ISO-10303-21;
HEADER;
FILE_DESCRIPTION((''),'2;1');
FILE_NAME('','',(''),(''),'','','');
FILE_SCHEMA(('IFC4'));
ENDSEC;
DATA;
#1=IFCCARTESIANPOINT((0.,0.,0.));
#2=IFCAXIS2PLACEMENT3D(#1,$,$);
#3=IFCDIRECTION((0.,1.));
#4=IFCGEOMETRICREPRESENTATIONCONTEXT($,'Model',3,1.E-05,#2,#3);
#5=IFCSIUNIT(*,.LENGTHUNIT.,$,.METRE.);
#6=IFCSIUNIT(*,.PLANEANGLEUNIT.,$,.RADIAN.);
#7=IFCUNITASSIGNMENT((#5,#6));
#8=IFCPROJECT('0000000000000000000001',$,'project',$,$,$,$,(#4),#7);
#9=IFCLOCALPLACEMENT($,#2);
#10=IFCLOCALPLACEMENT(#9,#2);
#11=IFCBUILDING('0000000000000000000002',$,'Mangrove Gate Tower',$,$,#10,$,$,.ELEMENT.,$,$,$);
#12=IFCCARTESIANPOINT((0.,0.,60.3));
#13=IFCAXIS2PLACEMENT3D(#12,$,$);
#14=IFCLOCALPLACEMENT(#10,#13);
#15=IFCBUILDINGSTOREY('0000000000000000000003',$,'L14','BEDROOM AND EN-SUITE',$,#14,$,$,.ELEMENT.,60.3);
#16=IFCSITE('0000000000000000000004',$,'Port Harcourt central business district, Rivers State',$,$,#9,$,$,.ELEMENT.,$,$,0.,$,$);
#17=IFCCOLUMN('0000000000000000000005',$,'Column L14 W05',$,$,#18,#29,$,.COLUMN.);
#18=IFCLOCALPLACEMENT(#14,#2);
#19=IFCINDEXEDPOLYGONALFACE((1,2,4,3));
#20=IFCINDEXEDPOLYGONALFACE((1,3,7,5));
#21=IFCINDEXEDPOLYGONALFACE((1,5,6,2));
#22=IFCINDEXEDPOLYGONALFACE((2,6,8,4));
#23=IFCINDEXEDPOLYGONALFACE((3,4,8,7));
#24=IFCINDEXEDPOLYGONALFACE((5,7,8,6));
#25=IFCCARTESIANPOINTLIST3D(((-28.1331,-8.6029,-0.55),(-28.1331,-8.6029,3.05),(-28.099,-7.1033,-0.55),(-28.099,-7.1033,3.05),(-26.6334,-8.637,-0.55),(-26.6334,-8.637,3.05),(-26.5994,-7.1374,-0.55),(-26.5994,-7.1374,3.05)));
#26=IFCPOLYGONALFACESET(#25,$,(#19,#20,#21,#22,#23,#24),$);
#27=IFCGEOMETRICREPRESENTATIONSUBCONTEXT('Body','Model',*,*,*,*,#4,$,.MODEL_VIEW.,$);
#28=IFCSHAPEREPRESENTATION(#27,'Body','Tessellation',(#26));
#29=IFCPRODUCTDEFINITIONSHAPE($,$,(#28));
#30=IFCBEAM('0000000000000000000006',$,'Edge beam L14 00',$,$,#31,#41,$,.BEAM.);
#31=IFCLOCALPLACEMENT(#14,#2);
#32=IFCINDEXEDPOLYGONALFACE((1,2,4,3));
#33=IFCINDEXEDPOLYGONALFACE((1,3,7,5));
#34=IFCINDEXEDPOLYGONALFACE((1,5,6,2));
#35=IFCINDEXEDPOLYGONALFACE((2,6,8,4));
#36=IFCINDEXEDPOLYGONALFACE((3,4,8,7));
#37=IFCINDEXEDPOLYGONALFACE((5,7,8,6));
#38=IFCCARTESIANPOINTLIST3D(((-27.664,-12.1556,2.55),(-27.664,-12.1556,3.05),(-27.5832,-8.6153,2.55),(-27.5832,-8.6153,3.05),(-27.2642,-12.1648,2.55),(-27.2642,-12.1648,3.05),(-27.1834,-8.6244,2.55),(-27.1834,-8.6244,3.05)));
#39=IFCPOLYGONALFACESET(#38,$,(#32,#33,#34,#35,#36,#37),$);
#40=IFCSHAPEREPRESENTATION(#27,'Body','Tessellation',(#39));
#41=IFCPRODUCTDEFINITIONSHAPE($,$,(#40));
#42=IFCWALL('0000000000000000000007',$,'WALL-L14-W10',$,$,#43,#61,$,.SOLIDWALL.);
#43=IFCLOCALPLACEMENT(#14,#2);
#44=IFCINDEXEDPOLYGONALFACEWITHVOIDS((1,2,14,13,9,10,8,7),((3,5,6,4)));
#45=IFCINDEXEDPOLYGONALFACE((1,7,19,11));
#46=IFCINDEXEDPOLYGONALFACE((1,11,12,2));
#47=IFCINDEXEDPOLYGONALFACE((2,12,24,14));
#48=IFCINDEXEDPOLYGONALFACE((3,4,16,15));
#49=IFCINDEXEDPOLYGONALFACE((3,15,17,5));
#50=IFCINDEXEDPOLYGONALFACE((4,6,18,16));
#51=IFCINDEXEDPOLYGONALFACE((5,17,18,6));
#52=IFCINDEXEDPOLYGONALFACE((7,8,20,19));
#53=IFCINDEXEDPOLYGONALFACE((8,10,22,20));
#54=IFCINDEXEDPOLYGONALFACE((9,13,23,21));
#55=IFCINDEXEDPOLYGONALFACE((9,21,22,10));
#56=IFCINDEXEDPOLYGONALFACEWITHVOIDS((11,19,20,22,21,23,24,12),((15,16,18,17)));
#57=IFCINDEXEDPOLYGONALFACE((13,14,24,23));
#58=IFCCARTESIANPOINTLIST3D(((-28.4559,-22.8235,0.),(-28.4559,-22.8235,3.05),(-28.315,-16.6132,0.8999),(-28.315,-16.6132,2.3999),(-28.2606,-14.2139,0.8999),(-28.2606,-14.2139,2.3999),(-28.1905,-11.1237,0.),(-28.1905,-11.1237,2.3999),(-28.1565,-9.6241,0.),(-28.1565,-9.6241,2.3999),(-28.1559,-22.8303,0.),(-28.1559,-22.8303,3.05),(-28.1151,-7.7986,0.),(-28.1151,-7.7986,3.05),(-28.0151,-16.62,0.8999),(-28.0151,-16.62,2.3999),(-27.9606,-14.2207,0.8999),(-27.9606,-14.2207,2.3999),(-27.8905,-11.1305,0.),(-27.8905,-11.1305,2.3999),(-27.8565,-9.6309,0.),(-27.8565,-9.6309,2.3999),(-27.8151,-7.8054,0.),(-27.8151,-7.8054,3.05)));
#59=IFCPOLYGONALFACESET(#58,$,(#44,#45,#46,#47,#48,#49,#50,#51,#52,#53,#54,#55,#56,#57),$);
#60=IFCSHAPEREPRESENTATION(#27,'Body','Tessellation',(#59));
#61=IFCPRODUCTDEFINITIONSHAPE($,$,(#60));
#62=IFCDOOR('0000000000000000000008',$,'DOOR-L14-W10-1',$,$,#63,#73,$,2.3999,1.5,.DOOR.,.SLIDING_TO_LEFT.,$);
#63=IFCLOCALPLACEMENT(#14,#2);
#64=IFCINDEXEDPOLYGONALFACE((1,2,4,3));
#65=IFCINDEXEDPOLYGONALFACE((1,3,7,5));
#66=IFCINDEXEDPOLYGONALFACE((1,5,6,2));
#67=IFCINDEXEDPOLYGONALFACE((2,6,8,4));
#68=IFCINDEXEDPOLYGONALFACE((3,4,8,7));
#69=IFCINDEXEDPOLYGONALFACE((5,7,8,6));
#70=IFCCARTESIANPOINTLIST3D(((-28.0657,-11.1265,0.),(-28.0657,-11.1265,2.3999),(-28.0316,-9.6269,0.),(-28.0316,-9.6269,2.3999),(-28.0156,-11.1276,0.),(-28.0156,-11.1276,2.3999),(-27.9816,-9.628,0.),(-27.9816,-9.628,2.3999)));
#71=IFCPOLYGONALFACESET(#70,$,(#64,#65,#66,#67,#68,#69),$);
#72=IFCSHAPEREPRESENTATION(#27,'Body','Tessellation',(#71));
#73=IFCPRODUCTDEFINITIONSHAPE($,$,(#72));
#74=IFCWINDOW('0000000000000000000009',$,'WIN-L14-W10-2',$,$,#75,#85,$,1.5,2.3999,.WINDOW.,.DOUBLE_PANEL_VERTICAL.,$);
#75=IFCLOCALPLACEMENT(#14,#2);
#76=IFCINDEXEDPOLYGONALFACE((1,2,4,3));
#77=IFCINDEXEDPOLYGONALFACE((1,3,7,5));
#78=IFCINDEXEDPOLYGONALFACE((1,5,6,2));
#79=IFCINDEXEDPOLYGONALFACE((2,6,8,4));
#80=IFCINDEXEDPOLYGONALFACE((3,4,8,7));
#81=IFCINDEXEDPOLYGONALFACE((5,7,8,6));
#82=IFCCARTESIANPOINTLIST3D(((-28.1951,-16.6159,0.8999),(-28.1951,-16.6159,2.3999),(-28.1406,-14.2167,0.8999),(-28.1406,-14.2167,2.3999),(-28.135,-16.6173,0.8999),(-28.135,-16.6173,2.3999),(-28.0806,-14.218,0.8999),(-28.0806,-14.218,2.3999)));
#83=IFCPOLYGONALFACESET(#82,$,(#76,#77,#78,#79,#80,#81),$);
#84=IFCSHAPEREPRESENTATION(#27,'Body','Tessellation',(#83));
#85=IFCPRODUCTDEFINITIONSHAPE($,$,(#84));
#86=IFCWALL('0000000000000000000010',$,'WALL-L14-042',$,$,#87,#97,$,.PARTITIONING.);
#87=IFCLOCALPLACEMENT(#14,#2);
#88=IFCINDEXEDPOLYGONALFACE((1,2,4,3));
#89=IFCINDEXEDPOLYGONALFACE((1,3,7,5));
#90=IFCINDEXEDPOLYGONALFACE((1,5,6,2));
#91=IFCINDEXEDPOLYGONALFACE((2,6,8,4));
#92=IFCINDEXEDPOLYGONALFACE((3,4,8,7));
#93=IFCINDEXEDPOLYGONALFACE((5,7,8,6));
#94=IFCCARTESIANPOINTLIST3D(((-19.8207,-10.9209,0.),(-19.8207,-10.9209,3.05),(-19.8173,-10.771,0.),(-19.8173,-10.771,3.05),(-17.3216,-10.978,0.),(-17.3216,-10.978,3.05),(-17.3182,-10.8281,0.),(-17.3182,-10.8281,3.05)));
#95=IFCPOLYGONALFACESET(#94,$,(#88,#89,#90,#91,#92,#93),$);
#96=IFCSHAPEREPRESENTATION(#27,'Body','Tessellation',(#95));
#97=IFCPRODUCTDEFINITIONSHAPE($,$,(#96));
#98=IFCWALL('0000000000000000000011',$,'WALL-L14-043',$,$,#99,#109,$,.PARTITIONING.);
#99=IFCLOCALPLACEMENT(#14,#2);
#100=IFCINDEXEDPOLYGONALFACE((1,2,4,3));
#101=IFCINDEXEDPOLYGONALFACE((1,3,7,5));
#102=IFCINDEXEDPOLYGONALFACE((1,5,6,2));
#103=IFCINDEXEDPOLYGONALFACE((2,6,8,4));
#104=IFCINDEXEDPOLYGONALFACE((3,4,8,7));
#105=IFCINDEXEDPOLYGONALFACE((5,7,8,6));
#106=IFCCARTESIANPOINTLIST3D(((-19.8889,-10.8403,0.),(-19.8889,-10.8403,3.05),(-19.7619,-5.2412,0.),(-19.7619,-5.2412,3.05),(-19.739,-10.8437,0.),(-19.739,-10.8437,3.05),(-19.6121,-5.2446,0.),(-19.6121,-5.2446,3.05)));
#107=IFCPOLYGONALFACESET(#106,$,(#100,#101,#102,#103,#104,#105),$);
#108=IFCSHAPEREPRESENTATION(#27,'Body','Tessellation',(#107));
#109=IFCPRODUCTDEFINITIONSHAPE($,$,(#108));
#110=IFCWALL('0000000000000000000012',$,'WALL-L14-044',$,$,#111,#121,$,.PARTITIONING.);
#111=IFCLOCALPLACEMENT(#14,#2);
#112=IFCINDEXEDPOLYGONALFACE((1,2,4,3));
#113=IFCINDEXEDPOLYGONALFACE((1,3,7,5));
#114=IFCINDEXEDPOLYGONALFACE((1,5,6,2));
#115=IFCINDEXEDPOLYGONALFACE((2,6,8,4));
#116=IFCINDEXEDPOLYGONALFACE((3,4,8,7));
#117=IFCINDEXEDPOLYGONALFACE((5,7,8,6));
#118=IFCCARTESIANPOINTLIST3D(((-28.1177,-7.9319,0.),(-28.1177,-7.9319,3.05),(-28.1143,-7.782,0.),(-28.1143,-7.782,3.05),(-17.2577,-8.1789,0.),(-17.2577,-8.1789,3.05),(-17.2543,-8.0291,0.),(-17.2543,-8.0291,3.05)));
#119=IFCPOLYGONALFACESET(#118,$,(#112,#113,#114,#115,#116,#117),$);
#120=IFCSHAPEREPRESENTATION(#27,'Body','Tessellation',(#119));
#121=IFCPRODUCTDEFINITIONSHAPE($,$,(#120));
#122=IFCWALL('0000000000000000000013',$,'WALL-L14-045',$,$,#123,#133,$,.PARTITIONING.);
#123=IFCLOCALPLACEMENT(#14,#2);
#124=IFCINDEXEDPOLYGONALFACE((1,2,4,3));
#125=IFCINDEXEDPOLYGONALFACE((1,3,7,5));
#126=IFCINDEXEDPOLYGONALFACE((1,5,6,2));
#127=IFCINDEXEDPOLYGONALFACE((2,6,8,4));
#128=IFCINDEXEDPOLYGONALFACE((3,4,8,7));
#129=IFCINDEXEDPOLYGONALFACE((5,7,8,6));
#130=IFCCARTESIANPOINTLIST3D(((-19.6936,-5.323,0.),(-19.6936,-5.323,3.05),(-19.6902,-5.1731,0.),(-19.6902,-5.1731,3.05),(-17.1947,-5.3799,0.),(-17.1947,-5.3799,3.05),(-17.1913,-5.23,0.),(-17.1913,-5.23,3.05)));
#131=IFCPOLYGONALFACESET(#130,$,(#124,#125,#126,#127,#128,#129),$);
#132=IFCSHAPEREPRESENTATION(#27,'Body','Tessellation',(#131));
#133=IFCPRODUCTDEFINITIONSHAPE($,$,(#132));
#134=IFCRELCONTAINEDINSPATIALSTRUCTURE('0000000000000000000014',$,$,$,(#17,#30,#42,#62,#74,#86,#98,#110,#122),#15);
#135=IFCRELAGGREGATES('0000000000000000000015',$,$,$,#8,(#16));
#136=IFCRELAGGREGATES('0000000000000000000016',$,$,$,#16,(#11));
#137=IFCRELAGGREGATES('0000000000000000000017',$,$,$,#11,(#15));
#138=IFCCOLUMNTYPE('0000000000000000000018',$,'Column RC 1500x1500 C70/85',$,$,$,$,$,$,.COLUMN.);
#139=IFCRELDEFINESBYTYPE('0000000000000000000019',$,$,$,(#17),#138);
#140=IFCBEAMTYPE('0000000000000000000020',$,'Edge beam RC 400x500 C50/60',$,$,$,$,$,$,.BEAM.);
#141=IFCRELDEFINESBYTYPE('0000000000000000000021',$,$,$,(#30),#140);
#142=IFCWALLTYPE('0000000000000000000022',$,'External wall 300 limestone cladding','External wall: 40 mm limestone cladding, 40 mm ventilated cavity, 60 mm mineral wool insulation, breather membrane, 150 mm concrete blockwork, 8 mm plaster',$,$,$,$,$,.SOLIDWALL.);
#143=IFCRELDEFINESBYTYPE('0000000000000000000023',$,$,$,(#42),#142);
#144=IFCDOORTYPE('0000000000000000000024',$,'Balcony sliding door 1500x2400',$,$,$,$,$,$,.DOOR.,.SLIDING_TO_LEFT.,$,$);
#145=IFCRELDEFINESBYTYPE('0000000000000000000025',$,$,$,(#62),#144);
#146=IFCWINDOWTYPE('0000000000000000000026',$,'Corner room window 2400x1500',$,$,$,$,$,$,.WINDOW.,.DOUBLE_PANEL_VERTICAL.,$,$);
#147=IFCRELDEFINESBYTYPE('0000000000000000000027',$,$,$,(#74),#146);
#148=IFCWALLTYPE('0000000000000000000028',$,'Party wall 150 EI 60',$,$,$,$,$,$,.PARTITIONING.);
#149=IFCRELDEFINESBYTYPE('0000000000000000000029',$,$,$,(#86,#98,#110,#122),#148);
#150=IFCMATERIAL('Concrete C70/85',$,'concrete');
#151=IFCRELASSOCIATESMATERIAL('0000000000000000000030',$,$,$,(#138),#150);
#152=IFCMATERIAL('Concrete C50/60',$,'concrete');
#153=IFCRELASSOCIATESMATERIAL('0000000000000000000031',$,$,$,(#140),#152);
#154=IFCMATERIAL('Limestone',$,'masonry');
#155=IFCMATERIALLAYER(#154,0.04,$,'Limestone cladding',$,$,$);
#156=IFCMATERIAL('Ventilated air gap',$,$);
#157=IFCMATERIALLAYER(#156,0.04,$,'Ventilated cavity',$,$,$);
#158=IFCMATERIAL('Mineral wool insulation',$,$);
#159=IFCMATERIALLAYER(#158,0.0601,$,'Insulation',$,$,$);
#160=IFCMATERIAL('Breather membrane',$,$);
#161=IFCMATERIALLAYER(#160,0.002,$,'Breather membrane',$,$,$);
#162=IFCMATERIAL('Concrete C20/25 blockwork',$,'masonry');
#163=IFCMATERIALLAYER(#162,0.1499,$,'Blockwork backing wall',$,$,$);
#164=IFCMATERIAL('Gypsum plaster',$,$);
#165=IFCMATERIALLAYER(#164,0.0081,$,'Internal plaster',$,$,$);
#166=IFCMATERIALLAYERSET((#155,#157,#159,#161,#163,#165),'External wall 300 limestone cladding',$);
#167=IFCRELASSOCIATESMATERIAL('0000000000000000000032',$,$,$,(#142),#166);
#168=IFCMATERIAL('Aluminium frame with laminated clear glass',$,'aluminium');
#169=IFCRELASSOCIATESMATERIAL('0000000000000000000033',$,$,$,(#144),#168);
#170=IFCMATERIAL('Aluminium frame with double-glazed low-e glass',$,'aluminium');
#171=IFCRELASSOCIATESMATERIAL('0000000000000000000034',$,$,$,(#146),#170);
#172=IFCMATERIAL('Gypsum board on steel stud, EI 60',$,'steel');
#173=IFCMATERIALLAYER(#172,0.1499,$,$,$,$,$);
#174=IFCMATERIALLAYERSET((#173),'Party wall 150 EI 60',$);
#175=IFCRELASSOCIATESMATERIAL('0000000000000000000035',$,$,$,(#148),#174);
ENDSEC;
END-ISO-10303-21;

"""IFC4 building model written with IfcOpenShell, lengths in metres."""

from ifc_helpers import new_model, si_unit, direction, frame, frame_2d, origin, origin_2d, place, context, subcontext, project, spatial, rectangle, extrude, material, layer, layer_set, material_profile, profile_set, type_object, element, fill, save


model = new_model("IFC4")

# Units and contexts
model_context = context("Model", 3, precision=1e-05, world=origin(), true_north=direction((0.0, 1.0)))
body_context = subcontext(model_context, "Body", "Model", "MODEL_VIEW")
ifc_project = project(units=[si_unit("LENGTHUNIT", "METRE"), si_unit("PLANEANGLEUNIT", "RADIAN")], contexts=[model_context])

# Site, building, storey
site_placement = place(None, origin())
site = spatial("IfcSite", under=ifc_project, at=site_placement, Name="Port Harcourt central business district, Rivers State", CompositionType="ELEMENT", RefElevation=0.0)
building_placement = place(site_placement, origin())
building = spatial("IfcBuilding", under=site, at=building_placement, Name="Mangrove Gate Tower", CompositionType="ELEMENT")
storey_placement = place(building_placement, frame((0.0, 0.0, 60.3)))
storey = spatial("IfcBuildingStorey", under=building, at=storey_placement, Name="L14", Description="BEDROOM AND EN-SUITE", CompositionType="ELEMENT", Elevation=60.3)

# Column
ifc_material_1 = material(Name="Concrete C70/85", Category="concrete")
ifc_material_profile_1 = material_profile(ifc_material_1, rectangle(XDim=1.5, YDim=1.5, at=origin_2d()))
ifc_profile_set_1 = profile_set([ifc_material_profile_1], Name="Concrete C70/85")
column_type = type_object("IfcColumnType", Name="Column RC 1500x1500 C70/85", PredefinedType="COLUMN", material=ifc_profile_set_1)
column_placement = place(storey_placement, frame((-27.3662, -7.8701, -0.55), z_axis=(0.0, 0.0, 1.0), x_axis=(-0.022723, -0.999742, 0.0)))
element("IfcColumn", 1, at=column_placement, inside=storey, type_object=column_type, Name="Column L14 W05", PredefinedType="COLUMN", context=body_context, shape_type="SweptSolid", body=[
    extrude(rectangle(XDim=1.5, YDim=1.5, at=origin_2d()), origin(), (0.0, 0.0, 1.0), 3.6001),
])

# Beam
ifc_material_2 = material(Name="Concrete C50/60", Category="concrete")
ifc_material_profile_2 = material_profile(ifc_material_2, rectangle(XDim=0.3999, YDim=0.5, at=origin_2d()))
ifc_profile_set_2 = profile_set([ifc_material_profile_2], Name="Concrete C50/60")
beam_type = type_object("IfcBeamType", Name="Edge beam RC 400x500 C50/60", PredefinedType="BEAM", material=ifc_profile_set_2)
beam_placement = place(storey_placement, frame((-27.3833, -8.6199, 2.8), z_axis=(-0.02282, -0.99974, 0.0), x_axis=(0.99974, -0.02282, 0.0)))
element("IfcBeam", 2, at=beam_placement, inside=storey, type_object=beam_type, Name="Edge beam L14 00", PredefinedType="BEAM", context=body_context, shape_type="SweptSolid", body=[
    extrude(rectangle(XDim=0.3999, YDim=0.5, at=origin_2d()), origin(), (0.0, 0.0, 1.0), 3.5413),
])

# Wall, openings, door, window
ifc_material_3 = material(Name="Limestone", Category="masonry")
ifc_layer_1 = layer(ifc_material_3, 0.04, Name="Limestone cladding")
ifc_material_4 = material(Name="Ventilated air gap")
ifc_layer_2 = layer(ifc_material_4, 0.04, Name="Ventilated cavity")
ifc_material_5 = material(Name="Mineral wool insulation")
ifc_layer_3 = layer(ifc_material_5, 0.0601, Name="Insulation")
ifc_material_6 = material(Name="Breather membrane")
ifc_layer_4 = layer(ifc_material_6, 0.002, Name="Breather membrane")
ifc_material_7 = material(Name="Concrete C20/25 blockwork", Category="masonry")
ifc_layer_5 = layer(ifc_material_7, 0.1499, Name="Blockwork backing wall")
ifc_material_8 = material(Name="Gypsum plaster")
ifc_layer_6 = layer(ifc_material_8, 0.0081, Name="Internal plaster")
ifc_layer_set_1 = layer_set([ifc_layer_1, ifc_layer_2, ifc_layer_3, ifc_layer_4, ifc_layer_5, ifc_layer_6], Name="External wall 300 limestone cladding")
wall_type_1 = type_object("IfcWallType", Name="External wall 300 limestone cladding", Description="External wall: 40 mm limestone cladding, 40 mm ventilated cavity, 60 mm mineral wool insulation, breather membrane, 150 mm concrete blockwork, 8 mm plaster", PredefinedType="SOLIDWALL", material=ifc_layer_set_1)
wall_1_placement = place(storey_placement, frame((-27.9651, -7.802, 0.0), z_axis=(0.0, 0.0, 1.0), x_axis=(-0.022678, -0.999743, 0.0)))
wall_1 = element("IfcWall", 3, at=wall_1_placement, inside=storey, type_object=wall_type_1, Name="WALL-L14-W10", PredefinedType="SOLIDWALL", context=body_context, shape_type="SweptSolid", body=[
    extrude(rectangle(XDim=15.0288, YDim=0.3, at=frame_2d((7.5144, 0.0))), origin(), (0.0, 0.0, 1.0), 3.05),
])
opening_1_placement = place(wall_1_placement, frame((1.8259, 0.0, 0.0)))
opening_1 = element("IfcOpeningElement", 4, at=opening_1_placement, cuts=wall_1, PredefinedType="OPENING", context=body_context, shape_type="SweptSolid", body=[
    extrude(rectangle(XDim=1.5, YDim=2.3999, at=frame_2d((0.75, 1.2))), frame((0.0, 0.1599, 0.0), z_axis=(0.0, -1.0, 0.0), x_axis=(1.0, 0.0, 0.0)), (0.0, 0.0, 1.0), 0.3201),
])
opening_2_placement = place(wall_1_placement, frame((6.417, 0.0, 0.8999)))
opening_2 = element("IfcOpeningElement", 5, at=opening_2_placement, cuts=wall_1, PredefinedType="OPENING", context=body_context, shape_type="SweptSolid", body=[
    extrude(rectangle(XDim=2.3999, YDim=1.5, at=frame_2d((1.2, 0.75))), frame((0.0, 0.1599, 0.0), z_axis=(0.0, -1.0, 0.0), x_axis=(1.0, 0.0, 0.0)), (0.0, 0.0, 1.0), 0.3201),
])
ifc_material_9 = material(Name="Aluminium frame with laminated clear glass", Category="aluminium")
door_type = type_object("IfcDoorType", Name="Balcony sliding door 1500x2400", OperationType="SLIDING_TO_LEFT", PredefinedType="DOOR", material=ifc_material_9)
door_placement = place(opening_1_placement, origin())
door = element("IfcDoor", 6, at=door_placement, inside=storey, type_object=door_type, Name="DOOR-L14-W10-1", OperationType="SLIDING_TO_LEFT", OverallHeight=2.3999, OverallWidth=1.5, PredefinedType="DOOR", context=body_context, shape_type="SweptSolid", body=[
    extrude(rectangle(XDim=1.5, YDim=2.3999, at=frame_2d((0.75, 1.2))), frame((0.0, 0.0249, 0.0), z_axis=(0.0, -1.0, 0.0), x_axis=(1.0, 0.0, 0.0)), (0.0, 0.0, 1.0), 0.05),
])
fill(opening_1, door)
ifc_material_10 = material(Name="Aluminium frame with double-glazed low-e glass", Category="aluminium")
window_type = type_object("IfcWindowType", Name="Corner room window 2400x1500", PartitioningType="DOUBLE_PANEL_VERTICAL", PredefinedType="WINDOW", material=ifc_material_10)
window_placement = place(opening_2_placement, origin())
window = element("IfcWindow", 7, at=window_placement, inside=storey, type_object=window_type, Name="WIN-L14-W10-2", OverallHeight=1.5, OverallWidth=2.3999, PartitioningType="DOUBLE_PANEL_VERTICAL", PredefinedType="WINDOW", context=body_context, shape_type="SweptSolid", body=[
    extrude(rectangle(XDim=2.3999, YDim=1.5, at=frame_2d((1.2, 0.75))), frame((0.0, 0.03, 0.0), z_axis=(0.0, -1.0, 0.0), x_axis=(1.0, 0.0, 0.0)), (0.0, 0.0, 1.0), 0.0601),
])
fill(opening_2, window)

# Walls
ifc_material_11 = material(Name="Gypsum board on steel stud, EI 60", Category="steel")
ifc_layer_7 = layer(ifc_material_11, 0.1499)
ifc_layer_set_2 = layer_set([ifc_layer_7], Name="Party wall 150 EI 60")
wall_type_2 = type_object("IfcWallType", Name="Party wall 150 EI 60", PredefinedType="PARTITIONING", material=ifc_layer_set_2)
wall_2_placement = place(storey_placement, frame((-19.8191, -10.8459, 0.0), z_axis=(0.0, 0.0, 1.0), x_axis=(0.999739, -0.022855, 0.0)))
element("IfcWall", 8, at=wall_2_placement, inside=storey, type_object=wall_type_2, Name="WALL-L14-042", PredefinedType="PARTITIONING", context=body_context, shape_type="SweptSolid", body=[
    extrude(rectangle(XDim=2.4998, YDim=0.1499, at=frame_2d((1.25, 0.0))), origin(), (0.0, 0.0, 1.0), 3.05),
])
wall_3_placement = place(storey_placement, frame((-19.814, -10.842, 0.0), z_axis=(0.0, 0.0, 1.0), x_axis=(0.022668, 0.999743, 0.0)))
element("IfcWall", 9, at=wall_3_placement, inside=storey, type_object=wall_type_2, Name="WALL-L14-043", PredefinedType="PARTITIONING", context=body_context, shape_type="SweptSolid", body=[
    extrude(rectangle(XDim=5.6006, YDim=0.1499, at=frame_2d((2.8003, 0.0))), origin(), (0.0, 0.0, 1.0), 3.05),
])
wall_4_placement = place(storey_placement, frame((-28.116, -7.8569, 0.0), z_axis=(0.0, 0.0, 1.0), x_axis=(0.999741, -0.022745, 0.0)))
element("IfcWall", 10, at=wall_4_placement, inside=storey, type_object=wall_type_2, Name="WALL-L14-044", PredefinedType="PARTITIONING", context=body_context, shape_type="SweptSolid", body=[
    extrude(rectangle(XDim=10.8628, YDim=0.1499, at=frame_2d((5.4314, 0.0))), origin(), (0.0, 0.0, 1.0), 3.05),
])
wall_5_placement = place(storey_placement, frame((-19.6919, -5.248, 0.0), z_axis=(0.0, 0.0, 1.0), x_axis=(0.999741, -0.022759, 0.0)))
element("IfcWall", 11, at=wall_5_placement, inside=storey, type_object=wall_type_2, Name="WALL-L14-045", PredefinedType="PARTITIONING", context=body_context, shape_type="SweptSolid", body=[
    extrude(rectangle(XDim=2.4995, YDim=0.1499, at=frame_2d((1.2498, 0.0))), origin(), (0.0, 0.0, 1.0), 3.05),
])

save(model, "model.ifc")
